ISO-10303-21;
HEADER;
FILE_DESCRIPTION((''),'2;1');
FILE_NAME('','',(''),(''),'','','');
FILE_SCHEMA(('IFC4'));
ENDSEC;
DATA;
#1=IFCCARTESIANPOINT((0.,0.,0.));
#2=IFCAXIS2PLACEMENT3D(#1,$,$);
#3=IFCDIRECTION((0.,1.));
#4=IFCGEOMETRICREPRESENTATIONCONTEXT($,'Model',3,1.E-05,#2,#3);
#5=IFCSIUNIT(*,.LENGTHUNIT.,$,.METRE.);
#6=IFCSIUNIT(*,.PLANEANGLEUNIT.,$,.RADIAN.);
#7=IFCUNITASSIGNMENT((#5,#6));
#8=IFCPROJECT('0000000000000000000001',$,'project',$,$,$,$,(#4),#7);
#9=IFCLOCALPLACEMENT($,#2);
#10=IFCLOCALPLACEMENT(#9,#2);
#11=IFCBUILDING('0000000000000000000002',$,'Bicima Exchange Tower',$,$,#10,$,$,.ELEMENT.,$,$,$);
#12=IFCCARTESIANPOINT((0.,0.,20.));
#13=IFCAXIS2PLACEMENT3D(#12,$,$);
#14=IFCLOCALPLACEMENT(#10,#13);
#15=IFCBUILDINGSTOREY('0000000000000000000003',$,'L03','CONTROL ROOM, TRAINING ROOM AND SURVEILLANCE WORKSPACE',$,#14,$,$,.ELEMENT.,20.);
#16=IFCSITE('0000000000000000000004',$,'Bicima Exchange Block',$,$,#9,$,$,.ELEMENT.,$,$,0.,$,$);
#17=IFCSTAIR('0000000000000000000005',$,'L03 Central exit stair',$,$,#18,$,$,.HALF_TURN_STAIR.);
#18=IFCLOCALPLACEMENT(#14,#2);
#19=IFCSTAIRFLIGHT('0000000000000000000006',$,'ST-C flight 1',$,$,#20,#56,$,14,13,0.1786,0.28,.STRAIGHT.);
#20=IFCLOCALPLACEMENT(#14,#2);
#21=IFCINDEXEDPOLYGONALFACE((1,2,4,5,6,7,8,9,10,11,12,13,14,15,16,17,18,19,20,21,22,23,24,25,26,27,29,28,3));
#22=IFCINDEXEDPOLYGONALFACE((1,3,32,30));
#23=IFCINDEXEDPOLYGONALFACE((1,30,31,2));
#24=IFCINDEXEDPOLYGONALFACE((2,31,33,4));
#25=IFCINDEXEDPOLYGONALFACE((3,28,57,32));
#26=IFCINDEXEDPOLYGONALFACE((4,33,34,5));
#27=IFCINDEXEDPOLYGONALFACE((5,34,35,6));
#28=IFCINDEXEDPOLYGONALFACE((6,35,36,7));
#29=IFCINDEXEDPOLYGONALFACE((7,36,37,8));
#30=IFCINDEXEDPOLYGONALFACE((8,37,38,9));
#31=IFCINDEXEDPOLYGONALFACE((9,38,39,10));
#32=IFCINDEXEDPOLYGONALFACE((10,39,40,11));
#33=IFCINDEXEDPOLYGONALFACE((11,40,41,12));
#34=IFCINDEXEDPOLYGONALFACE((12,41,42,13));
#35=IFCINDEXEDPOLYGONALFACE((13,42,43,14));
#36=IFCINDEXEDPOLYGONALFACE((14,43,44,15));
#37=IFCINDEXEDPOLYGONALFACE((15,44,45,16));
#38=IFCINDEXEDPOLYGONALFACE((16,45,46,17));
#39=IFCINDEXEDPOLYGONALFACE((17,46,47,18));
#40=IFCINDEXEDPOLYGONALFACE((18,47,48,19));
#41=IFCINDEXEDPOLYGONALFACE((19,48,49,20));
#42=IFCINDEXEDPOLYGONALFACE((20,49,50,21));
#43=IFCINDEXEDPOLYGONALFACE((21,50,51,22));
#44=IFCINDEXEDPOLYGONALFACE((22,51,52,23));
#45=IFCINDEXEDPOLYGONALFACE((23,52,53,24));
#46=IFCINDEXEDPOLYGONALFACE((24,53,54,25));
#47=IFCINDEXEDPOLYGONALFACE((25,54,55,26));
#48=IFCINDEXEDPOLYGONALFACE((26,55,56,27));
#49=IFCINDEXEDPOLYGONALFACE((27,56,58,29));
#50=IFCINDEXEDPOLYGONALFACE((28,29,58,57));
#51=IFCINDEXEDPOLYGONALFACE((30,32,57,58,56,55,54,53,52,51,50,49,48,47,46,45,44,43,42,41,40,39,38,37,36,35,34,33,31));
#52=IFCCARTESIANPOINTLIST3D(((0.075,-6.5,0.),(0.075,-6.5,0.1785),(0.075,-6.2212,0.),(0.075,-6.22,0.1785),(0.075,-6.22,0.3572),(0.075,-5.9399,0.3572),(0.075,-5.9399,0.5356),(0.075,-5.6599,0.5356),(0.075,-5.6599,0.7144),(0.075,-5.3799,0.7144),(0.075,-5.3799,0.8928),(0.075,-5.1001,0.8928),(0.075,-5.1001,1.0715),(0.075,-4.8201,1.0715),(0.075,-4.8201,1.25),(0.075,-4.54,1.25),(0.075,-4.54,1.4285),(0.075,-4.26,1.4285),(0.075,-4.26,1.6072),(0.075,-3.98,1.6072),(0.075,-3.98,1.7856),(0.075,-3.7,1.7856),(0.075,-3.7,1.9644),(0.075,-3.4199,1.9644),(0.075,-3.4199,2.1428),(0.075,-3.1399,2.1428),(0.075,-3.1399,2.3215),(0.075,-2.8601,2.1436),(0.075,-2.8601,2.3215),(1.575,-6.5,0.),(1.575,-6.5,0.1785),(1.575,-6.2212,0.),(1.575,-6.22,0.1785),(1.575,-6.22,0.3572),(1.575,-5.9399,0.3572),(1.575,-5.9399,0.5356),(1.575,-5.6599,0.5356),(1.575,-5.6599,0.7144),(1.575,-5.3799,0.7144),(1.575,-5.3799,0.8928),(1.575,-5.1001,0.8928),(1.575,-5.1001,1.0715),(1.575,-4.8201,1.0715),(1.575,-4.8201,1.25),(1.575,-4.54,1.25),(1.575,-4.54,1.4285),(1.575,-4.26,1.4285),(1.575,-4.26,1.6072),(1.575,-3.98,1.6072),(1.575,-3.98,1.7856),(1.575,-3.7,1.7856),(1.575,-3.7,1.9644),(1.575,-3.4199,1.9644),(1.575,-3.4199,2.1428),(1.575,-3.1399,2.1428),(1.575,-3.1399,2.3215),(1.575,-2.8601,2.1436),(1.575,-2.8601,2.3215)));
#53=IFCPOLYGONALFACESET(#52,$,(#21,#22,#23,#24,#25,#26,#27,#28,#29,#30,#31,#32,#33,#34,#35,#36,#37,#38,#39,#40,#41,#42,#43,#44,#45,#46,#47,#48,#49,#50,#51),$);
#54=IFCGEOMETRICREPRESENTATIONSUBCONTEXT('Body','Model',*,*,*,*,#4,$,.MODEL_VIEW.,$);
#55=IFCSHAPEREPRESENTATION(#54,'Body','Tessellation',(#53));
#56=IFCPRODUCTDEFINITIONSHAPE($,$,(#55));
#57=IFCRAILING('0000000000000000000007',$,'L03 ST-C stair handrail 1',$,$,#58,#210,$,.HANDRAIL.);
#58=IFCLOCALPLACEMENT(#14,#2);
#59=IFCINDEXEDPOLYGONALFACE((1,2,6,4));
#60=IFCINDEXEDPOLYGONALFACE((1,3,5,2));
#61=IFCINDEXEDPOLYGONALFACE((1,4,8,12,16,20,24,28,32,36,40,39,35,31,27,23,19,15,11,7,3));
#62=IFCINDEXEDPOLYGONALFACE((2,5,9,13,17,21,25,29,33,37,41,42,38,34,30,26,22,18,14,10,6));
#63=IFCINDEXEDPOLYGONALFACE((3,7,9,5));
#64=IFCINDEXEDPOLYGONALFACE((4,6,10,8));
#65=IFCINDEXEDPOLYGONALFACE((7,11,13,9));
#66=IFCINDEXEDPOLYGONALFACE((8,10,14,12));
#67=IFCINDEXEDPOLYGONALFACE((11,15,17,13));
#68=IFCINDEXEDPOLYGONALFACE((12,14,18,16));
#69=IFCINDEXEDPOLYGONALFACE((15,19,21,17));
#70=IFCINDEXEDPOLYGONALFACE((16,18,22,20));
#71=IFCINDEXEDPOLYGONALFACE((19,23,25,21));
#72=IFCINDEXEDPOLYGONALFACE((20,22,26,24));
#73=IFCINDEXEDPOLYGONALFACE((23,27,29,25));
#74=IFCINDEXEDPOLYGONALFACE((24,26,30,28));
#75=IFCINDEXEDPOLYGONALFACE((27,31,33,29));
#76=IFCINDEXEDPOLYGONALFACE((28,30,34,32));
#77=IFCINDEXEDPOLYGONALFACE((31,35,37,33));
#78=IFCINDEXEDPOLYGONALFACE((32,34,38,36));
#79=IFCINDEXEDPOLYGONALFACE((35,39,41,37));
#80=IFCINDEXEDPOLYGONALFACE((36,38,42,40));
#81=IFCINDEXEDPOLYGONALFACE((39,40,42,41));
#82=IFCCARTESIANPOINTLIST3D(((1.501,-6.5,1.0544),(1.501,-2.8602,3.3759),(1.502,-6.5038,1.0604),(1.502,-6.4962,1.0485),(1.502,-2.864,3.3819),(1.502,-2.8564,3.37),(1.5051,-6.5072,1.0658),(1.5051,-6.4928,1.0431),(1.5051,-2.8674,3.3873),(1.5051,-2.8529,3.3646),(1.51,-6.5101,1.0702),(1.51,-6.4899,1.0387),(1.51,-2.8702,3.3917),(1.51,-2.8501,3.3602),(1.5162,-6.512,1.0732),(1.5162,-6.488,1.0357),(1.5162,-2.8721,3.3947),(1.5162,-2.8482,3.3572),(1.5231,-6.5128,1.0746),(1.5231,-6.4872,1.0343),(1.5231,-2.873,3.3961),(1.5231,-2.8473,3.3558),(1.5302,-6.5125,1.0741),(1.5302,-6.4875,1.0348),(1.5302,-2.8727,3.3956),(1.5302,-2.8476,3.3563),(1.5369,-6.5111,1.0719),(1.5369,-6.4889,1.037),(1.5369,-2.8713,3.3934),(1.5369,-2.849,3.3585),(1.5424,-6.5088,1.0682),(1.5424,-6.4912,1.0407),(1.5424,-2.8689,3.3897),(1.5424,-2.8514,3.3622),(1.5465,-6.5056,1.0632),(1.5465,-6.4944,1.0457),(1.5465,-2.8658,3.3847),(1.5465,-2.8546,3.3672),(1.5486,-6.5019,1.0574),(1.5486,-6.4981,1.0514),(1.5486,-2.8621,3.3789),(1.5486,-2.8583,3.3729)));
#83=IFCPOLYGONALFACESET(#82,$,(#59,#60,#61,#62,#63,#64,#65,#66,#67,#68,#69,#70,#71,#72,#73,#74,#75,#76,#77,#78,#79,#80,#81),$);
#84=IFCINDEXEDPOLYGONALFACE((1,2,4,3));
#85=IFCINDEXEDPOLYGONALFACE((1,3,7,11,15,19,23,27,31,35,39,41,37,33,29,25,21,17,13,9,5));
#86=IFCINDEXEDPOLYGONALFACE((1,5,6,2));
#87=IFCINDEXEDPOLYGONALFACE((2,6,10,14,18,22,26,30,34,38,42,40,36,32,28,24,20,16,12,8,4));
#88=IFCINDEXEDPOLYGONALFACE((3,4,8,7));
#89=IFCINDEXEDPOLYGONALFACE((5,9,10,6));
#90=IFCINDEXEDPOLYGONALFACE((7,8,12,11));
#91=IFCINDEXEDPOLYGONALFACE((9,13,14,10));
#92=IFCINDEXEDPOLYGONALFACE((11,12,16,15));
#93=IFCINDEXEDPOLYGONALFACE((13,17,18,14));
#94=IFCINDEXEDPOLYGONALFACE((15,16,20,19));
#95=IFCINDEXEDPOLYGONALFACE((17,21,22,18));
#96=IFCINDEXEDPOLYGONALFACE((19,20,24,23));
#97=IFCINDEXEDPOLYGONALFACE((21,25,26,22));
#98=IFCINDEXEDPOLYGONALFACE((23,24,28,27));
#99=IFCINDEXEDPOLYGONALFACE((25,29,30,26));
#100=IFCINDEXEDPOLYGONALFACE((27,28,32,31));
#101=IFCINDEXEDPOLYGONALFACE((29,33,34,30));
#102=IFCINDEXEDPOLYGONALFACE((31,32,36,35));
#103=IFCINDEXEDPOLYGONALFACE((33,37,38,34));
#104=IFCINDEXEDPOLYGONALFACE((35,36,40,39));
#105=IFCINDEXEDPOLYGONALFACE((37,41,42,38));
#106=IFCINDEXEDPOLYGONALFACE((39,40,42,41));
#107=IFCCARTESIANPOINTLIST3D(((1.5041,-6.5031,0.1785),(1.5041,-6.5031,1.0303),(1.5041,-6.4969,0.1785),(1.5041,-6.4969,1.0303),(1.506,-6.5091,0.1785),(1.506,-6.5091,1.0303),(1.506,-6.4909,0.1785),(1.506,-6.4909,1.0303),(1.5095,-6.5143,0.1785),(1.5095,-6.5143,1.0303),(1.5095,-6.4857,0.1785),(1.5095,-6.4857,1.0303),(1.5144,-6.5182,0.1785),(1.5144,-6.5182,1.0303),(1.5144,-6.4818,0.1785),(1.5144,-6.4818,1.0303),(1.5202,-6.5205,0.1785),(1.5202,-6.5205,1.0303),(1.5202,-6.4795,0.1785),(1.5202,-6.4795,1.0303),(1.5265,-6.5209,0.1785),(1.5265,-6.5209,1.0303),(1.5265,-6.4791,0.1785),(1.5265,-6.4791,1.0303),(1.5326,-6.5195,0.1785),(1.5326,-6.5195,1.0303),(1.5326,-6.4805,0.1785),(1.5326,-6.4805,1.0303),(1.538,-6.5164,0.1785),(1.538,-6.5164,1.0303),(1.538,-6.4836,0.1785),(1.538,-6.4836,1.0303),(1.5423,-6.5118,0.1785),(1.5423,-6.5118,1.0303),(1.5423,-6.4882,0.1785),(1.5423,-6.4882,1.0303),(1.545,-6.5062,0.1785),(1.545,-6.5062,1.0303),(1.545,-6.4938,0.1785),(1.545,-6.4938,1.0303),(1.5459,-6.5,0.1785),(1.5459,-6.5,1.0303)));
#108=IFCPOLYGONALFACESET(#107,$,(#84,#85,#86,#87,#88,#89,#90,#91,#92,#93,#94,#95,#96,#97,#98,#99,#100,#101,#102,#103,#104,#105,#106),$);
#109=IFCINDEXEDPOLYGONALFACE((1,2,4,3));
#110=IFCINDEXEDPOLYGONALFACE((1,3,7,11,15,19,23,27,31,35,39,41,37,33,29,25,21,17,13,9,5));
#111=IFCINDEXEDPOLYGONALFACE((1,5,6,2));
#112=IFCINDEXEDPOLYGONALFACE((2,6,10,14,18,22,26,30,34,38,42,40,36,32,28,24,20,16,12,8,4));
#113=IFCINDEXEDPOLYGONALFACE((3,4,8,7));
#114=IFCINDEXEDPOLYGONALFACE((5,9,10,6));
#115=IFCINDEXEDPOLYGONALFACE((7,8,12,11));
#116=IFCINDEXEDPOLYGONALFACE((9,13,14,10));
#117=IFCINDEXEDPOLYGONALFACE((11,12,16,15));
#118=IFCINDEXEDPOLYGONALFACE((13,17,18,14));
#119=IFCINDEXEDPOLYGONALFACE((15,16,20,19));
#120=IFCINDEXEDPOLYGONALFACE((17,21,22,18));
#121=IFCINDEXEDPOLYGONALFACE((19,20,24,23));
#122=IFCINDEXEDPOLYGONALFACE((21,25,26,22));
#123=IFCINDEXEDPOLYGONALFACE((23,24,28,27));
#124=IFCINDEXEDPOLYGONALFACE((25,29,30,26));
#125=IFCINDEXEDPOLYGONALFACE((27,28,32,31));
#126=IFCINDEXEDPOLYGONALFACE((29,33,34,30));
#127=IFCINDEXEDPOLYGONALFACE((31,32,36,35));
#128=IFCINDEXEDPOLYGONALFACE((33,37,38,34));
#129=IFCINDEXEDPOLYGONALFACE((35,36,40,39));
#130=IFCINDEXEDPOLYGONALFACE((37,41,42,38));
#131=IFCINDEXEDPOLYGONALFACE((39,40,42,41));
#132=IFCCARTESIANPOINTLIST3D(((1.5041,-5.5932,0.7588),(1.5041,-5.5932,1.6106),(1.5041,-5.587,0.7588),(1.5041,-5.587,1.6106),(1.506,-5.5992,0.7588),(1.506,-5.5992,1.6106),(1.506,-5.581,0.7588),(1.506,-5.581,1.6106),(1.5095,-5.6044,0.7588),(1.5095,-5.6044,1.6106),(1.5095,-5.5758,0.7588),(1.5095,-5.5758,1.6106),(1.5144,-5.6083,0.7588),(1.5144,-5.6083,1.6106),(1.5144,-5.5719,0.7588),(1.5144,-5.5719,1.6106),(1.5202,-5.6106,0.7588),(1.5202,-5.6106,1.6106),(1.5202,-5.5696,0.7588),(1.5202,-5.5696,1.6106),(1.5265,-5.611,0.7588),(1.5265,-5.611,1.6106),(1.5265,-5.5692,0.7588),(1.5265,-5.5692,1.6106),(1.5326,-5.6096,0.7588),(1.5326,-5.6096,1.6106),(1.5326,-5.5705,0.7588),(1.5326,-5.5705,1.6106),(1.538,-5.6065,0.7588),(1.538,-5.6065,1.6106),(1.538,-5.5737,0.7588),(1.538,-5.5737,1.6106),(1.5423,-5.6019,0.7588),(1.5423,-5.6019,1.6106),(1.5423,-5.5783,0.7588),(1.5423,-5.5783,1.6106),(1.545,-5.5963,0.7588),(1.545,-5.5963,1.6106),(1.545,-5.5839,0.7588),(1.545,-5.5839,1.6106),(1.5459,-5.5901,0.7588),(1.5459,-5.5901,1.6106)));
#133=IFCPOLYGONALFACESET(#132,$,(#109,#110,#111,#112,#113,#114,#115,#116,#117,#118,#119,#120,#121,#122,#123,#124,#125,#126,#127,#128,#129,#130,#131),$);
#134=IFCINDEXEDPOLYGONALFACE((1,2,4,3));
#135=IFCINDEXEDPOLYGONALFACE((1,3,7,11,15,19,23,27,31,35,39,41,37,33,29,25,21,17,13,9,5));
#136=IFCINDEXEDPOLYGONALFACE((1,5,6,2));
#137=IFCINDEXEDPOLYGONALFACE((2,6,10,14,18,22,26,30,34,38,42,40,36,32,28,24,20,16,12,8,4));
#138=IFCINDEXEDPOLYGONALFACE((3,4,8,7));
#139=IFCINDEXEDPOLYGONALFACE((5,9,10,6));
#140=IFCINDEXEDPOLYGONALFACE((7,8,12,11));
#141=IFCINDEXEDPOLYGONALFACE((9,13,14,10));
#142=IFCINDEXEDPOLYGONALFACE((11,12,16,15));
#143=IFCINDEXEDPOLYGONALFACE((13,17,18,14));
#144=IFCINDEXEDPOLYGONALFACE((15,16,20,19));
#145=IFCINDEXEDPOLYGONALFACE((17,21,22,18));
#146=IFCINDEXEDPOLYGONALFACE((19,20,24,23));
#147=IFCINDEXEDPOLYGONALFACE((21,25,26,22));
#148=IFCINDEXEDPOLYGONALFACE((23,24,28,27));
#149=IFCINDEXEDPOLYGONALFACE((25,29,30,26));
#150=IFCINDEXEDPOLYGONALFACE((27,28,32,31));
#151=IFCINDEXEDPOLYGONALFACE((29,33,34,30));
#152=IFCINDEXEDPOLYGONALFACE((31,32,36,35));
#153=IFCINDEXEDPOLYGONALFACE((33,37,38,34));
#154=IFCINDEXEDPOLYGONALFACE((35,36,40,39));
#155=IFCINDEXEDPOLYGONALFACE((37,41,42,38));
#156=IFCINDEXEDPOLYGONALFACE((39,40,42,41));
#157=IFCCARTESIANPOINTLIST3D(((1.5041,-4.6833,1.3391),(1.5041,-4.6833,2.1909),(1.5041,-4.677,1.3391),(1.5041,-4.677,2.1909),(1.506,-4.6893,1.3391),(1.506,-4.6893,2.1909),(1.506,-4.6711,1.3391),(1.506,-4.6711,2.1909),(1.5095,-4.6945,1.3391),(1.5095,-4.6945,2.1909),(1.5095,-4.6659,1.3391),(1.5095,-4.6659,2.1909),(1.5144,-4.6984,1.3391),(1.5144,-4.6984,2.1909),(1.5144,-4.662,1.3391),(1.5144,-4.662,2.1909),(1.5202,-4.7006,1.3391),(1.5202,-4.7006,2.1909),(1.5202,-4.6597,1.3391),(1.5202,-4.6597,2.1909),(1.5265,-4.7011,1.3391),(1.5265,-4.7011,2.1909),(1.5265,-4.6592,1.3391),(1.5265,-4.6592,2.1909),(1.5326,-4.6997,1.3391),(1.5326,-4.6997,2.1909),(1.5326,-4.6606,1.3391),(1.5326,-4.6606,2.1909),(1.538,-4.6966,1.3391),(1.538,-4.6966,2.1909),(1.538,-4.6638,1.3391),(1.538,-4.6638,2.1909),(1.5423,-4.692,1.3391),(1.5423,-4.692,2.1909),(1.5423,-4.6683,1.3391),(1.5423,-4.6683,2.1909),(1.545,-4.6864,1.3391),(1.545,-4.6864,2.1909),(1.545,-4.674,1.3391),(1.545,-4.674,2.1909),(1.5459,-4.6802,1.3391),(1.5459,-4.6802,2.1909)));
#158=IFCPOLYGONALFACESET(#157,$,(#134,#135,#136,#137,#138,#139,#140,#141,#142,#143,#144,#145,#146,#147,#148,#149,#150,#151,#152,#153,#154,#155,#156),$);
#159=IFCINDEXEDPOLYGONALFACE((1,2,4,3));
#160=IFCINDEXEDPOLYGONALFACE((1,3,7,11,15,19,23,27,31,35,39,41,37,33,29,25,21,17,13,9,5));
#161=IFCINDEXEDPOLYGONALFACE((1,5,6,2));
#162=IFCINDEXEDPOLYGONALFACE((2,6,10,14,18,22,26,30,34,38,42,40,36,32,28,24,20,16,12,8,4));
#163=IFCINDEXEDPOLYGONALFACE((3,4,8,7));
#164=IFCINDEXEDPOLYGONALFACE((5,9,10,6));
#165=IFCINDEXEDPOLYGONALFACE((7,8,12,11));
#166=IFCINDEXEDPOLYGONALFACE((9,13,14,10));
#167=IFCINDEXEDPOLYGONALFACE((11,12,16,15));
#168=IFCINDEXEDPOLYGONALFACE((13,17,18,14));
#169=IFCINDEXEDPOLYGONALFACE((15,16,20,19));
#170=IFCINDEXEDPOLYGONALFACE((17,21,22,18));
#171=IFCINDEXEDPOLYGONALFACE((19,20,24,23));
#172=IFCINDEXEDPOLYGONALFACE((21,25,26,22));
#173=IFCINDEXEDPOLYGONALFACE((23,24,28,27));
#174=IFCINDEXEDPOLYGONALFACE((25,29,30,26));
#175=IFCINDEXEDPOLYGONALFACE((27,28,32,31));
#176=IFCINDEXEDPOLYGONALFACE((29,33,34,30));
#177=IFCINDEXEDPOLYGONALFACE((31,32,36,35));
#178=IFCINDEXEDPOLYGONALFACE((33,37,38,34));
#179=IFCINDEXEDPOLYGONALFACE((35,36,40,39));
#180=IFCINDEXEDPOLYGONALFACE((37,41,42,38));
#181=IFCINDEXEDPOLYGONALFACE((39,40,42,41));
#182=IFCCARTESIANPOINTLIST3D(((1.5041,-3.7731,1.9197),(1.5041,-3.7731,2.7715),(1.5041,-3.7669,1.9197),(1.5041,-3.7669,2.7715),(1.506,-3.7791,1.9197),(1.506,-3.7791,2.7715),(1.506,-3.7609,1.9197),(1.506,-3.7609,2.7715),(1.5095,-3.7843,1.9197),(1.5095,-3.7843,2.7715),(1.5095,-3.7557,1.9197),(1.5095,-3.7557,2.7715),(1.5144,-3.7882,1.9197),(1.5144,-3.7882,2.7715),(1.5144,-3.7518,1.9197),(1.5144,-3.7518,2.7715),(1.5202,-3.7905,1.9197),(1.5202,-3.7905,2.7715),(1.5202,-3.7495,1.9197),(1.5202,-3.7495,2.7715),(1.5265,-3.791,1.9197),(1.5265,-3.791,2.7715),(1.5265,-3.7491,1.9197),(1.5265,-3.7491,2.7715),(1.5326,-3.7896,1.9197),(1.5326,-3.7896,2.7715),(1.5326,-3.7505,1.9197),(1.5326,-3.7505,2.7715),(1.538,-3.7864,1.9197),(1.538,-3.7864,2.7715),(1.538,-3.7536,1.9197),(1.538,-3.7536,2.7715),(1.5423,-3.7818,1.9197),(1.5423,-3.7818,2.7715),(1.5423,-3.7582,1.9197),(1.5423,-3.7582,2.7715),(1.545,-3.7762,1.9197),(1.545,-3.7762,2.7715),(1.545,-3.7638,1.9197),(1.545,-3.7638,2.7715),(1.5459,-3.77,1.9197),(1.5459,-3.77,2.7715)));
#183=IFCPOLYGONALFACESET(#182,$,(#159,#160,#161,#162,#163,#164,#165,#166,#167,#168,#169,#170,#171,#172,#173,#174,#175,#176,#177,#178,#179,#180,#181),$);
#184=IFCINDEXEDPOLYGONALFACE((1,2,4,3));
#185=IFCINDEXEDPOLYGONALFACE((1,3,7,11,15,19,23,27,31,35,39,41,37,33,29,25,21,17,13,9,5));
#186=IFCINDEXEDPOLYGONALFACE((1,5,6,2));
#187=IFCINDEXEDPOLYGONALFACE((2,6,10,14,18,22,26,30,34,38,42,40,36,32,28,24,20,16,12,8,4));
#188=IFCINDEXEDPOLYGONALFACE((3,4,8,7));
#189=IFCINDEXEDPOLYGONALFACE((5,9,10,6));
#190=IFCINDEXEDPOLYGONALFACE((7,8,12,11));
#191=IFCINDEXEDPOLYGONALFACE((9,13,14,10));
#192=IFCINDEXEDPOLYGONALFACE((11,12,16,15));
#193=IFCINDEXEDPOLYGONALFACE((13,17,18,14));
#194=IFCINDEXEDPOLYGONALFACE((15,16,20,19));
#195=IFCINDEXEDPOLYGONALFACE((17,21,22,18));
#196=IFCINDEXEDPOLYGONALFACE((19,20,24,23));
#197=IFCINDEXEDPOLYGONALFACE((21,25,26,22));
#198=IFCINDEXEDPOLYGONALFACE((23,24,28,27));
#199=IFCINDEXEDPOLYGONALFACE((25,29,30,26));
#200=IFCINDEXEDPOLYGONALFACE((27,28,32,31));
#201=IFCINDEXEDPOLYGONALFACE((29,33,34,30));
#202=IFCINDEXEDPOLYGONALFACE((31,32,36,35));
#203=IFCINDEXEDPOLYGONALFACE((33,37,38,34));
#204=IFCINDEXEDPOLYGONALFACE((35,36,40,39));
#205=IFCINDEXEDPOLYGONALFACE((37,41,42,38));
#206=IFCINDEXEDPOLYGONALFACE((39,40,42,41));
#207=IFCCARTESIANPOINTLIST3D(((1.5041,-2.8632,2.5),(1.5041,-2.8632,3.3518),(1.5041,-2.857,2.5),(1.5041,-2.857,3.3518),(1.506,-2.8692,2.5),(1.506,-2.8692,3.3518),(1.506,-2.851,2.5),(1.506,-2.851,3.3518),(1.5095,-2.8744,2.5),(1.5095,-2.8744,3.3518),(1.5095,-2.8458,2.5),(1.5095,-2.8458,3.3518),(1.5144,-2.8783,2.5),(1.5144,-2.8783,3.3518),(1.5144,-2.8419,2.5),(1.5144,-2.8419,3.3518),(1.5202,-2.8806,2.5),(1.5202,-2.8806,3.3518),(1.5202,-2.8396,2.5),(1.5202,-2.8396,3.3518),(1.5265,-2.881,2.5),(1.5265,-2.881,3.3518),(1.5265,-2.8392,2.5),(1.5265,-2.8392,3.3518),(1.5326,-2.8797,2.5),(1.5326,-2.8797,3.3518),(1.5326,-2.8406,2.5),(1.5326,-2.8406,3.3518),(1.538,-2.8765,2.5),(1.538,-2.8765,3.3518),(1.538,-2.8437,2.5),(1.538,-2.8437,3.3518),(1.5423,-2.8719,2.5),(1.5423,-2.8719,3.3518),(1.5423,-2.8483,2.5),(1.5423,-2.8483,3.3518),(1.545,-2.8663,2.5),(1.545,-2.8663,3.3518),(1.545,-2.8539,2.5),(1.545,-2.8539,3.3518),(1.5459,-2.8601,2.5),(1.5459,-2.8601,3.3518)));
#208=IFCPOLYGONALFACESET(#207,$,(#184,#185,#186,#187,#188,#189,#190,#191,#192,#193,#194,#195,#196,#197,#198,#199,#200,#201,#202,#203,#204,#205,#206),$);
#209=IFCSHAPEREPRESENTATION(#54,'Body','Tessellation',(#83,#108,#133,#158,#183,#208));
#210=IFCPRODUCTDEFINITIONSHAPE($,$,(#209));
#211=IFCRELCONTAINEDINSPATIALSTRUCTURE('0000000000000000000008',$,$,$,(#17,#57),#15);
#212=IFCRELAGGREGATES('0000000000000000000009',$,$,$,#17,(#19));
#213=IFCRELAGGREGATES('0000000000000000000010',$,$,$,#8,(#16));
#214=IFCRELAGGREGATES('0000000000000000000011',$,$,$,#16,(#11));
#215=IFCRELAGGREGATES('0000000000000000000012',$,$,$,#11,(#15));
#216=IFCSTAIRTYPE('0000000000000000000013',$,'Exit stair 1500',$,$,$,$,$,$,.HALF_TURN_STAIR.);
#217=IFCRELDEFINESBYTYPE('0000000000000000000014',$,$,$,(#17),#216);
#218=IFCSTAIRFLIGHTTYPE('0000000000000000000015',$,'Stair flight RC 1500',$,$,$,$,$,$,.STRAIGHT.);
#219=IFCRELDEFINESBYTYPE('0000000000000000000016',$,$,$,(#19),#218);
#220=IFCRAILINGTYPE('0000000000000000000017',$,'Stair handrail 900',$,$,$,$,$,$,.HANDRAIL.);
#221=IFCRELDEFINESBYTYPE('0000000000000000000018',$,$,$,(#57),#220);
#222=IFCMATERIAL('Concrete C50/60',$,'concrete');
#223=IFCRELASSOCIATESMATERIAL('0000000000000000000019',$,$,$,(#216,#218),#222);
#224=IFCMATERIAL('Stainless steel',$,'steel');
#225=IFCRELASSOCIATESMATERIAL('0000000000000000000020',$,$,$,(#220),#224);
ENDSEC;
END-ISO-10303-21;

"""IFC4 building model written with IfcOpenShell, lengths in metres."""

from ifc_helpers import new_model, si_unit, direction, frame, origin, origin_2d, place, context, subcontext, project, spatial, polyline, circle, outline, extrude, material, type_object, element, aggregate, save


model = new_model("IFC4")

# Units and contexts
model_context = context("Model", 3, precision=1e-05, world=origin(), true_north=direction((0.0, 1.0)))
body_context = subcontext(model_context, "Body", "Model", "MODEL_VIEW")
ifc_project = project(units=[si_unit("LENGTHUNIT", "METRE"), si_unit("PLANEANGLEUNIT", "RADIAN")], contexts=[model_context])

# Site, building, storey
site_placement = place(None, origin())
site = spatial("IfcSite", under=ifc_project, at=site_placement, Name="Bicima Exchange Block", CompositionType="ELEMENT", RefElevation=0.0)
building_placement = place(site_placement, origin())
building = spatial("IfcBuilding", under=site, at=building_placement, Name="Bicima Exchange Tower", CompositionType="ELEMENT")
storey_placement = place(building_placement, frame((0.0, 0.0, 20.0)))
storey = spatial("IfcBuildingStorey", under=building, at=storey_placement, Name="L03", Description="CONTROL ROOM, TRAINING ROOM AND SURVEILLANCE WORKSPACE", CompositionType="ELEMENT", Elevation=20.0)

# Shared definitions
ifc_material_1 = material(Name="Concrete C50/60", Category="concrete")

# Shared definitions
ifc_material_2 = material(Name="Stainless steel", Category="steel")

# Stair, stair flight
stair_type = type_object("IfcStairType", Name="Exit stair 1500", PredefinedType="HALF_TURN_STAIR", material=ifc_material_1)
stair_placement = place(storey_placement, origin())
stair = element("IfcStair", 1, at=stair_placement, inside=storey, type_object=stair_type, Name="L03 Central exit stair", PredefinedType="HALF_TURN_STAIR")
stair_flight_type = type_object("IfcStairFlightType", Name="Stair flight RC 1500", PredefinedType="STRAIGHT", material=ifc_material_1)
stair_flight_placement = place(storey_placement, frame((0.825, -6.5, 0.0), z_axis=(0.0, 0.0, 1.0), x_axis=(0.0, 1.0, 0.0)))
stair_flight = element("IfcStairFlight", 2, at=stair_flight_placement, type_object=stair_flight_type, Name="ST-C flight 1", NumberOfRisers=14, NumberOfTreads=13, PredefinedType="STRAIGHT", RiserHeight=0.1786, TreadLength=0.28, context=body_context, shape_type="SweptSolid", body=[
    extrude(outline(polyline([(0.0, 0.0), (0.0, 0.1785), (0.28, 0.1785), (0.28, 0.3572), (0.5601, 0.3572), (0.5601, 0.5356), (0.8401, 0.5356), (0.8401, 0.7144), (1.1201, 0.7144), (1.1201, 0.8928), (1.3999, 0.8928), (1.3999, 1.0715), (1.6799, 1.0715), (1.6799, 1.25), (1.96, 1.25), (1.96, 1.4285), (2.24, 1.4285), (2.24, 1.6072), (2.52, 1.6072), (2.52, 1.7856), (2.8, 1.7856), (2.8, 1.9644), (3.0801, 1.9644), (3.0801, 2.1428), (3.3601, 2.1428), (3.3601, 2.3215), (3.6399, 2.3215), (3.6399, 2.5), (3.6399, 2.1436), (0.2788, 0.0), (0.0, 0.0)])), frame((0.0, 0.75, 0.0), z_axis=(0.0, -1.0, 0.0), x_axis=(1.0, 0.0, 0.0)), (0.0, 0.0, 1.0), 1.5),
])
aggregate(stair, [stair_flight])

# Railing
railing_type_1 = type_object("IfcRailingType", Name="Stair handrail 900", PredefinedType="HANDRAIL", material=ifc_material_2)
railing_1_placement = place(storey_placement, frame((1.5249, -6.5, 0.1785)))
element("IfcRailing", 3, at=railing_1_placement, inside=storey, type_object=railing_type_1, Name="L03 ST-C stair handrail 1", PredefinedType="HANDRAIL", context=body_context, shape_type="SweptSolid", body=[
    extrude(circle(Radius=0.0239, at=origin_2d()), frame((0.0, 0.0, 0.876), z_axis=(0.0, 0.843112, 0.537739), x_axis=(-1.0, 0.0, 0.0)), (0.0, 0.0, 1.0), 4.3171),
    extrude(circle(Radius=0.021, at=origin_2d()), origin(), (0.0, 0.0, 1.0), 0.8518),
    extrude(circle(Radius=0.021, at=origin_2d()), frame((0.0, 0.9099, 0.5803)), (0.0, 0.0, 1.0), 0.8518),
    extrude(circle(Radius=0.021, at=origin_2d()), frame((0.0, 1.8198, 1.1606)), (0.0, 0.0, 1.0), 0.8518),
    extrude(circle(Radius=0.021, at=origin_2d()), frame((0.0, 2.73, 1.7412)), (0.0, 0.0, 1.0), 0.8518),
    extrude(circle(Radius=0.021, at=origin_2d()), frame((0.0, 3.6399, 2.3215)), (0.0, 0.0, 1.0), 0.8518),
])

save(model, "model.ifc")
